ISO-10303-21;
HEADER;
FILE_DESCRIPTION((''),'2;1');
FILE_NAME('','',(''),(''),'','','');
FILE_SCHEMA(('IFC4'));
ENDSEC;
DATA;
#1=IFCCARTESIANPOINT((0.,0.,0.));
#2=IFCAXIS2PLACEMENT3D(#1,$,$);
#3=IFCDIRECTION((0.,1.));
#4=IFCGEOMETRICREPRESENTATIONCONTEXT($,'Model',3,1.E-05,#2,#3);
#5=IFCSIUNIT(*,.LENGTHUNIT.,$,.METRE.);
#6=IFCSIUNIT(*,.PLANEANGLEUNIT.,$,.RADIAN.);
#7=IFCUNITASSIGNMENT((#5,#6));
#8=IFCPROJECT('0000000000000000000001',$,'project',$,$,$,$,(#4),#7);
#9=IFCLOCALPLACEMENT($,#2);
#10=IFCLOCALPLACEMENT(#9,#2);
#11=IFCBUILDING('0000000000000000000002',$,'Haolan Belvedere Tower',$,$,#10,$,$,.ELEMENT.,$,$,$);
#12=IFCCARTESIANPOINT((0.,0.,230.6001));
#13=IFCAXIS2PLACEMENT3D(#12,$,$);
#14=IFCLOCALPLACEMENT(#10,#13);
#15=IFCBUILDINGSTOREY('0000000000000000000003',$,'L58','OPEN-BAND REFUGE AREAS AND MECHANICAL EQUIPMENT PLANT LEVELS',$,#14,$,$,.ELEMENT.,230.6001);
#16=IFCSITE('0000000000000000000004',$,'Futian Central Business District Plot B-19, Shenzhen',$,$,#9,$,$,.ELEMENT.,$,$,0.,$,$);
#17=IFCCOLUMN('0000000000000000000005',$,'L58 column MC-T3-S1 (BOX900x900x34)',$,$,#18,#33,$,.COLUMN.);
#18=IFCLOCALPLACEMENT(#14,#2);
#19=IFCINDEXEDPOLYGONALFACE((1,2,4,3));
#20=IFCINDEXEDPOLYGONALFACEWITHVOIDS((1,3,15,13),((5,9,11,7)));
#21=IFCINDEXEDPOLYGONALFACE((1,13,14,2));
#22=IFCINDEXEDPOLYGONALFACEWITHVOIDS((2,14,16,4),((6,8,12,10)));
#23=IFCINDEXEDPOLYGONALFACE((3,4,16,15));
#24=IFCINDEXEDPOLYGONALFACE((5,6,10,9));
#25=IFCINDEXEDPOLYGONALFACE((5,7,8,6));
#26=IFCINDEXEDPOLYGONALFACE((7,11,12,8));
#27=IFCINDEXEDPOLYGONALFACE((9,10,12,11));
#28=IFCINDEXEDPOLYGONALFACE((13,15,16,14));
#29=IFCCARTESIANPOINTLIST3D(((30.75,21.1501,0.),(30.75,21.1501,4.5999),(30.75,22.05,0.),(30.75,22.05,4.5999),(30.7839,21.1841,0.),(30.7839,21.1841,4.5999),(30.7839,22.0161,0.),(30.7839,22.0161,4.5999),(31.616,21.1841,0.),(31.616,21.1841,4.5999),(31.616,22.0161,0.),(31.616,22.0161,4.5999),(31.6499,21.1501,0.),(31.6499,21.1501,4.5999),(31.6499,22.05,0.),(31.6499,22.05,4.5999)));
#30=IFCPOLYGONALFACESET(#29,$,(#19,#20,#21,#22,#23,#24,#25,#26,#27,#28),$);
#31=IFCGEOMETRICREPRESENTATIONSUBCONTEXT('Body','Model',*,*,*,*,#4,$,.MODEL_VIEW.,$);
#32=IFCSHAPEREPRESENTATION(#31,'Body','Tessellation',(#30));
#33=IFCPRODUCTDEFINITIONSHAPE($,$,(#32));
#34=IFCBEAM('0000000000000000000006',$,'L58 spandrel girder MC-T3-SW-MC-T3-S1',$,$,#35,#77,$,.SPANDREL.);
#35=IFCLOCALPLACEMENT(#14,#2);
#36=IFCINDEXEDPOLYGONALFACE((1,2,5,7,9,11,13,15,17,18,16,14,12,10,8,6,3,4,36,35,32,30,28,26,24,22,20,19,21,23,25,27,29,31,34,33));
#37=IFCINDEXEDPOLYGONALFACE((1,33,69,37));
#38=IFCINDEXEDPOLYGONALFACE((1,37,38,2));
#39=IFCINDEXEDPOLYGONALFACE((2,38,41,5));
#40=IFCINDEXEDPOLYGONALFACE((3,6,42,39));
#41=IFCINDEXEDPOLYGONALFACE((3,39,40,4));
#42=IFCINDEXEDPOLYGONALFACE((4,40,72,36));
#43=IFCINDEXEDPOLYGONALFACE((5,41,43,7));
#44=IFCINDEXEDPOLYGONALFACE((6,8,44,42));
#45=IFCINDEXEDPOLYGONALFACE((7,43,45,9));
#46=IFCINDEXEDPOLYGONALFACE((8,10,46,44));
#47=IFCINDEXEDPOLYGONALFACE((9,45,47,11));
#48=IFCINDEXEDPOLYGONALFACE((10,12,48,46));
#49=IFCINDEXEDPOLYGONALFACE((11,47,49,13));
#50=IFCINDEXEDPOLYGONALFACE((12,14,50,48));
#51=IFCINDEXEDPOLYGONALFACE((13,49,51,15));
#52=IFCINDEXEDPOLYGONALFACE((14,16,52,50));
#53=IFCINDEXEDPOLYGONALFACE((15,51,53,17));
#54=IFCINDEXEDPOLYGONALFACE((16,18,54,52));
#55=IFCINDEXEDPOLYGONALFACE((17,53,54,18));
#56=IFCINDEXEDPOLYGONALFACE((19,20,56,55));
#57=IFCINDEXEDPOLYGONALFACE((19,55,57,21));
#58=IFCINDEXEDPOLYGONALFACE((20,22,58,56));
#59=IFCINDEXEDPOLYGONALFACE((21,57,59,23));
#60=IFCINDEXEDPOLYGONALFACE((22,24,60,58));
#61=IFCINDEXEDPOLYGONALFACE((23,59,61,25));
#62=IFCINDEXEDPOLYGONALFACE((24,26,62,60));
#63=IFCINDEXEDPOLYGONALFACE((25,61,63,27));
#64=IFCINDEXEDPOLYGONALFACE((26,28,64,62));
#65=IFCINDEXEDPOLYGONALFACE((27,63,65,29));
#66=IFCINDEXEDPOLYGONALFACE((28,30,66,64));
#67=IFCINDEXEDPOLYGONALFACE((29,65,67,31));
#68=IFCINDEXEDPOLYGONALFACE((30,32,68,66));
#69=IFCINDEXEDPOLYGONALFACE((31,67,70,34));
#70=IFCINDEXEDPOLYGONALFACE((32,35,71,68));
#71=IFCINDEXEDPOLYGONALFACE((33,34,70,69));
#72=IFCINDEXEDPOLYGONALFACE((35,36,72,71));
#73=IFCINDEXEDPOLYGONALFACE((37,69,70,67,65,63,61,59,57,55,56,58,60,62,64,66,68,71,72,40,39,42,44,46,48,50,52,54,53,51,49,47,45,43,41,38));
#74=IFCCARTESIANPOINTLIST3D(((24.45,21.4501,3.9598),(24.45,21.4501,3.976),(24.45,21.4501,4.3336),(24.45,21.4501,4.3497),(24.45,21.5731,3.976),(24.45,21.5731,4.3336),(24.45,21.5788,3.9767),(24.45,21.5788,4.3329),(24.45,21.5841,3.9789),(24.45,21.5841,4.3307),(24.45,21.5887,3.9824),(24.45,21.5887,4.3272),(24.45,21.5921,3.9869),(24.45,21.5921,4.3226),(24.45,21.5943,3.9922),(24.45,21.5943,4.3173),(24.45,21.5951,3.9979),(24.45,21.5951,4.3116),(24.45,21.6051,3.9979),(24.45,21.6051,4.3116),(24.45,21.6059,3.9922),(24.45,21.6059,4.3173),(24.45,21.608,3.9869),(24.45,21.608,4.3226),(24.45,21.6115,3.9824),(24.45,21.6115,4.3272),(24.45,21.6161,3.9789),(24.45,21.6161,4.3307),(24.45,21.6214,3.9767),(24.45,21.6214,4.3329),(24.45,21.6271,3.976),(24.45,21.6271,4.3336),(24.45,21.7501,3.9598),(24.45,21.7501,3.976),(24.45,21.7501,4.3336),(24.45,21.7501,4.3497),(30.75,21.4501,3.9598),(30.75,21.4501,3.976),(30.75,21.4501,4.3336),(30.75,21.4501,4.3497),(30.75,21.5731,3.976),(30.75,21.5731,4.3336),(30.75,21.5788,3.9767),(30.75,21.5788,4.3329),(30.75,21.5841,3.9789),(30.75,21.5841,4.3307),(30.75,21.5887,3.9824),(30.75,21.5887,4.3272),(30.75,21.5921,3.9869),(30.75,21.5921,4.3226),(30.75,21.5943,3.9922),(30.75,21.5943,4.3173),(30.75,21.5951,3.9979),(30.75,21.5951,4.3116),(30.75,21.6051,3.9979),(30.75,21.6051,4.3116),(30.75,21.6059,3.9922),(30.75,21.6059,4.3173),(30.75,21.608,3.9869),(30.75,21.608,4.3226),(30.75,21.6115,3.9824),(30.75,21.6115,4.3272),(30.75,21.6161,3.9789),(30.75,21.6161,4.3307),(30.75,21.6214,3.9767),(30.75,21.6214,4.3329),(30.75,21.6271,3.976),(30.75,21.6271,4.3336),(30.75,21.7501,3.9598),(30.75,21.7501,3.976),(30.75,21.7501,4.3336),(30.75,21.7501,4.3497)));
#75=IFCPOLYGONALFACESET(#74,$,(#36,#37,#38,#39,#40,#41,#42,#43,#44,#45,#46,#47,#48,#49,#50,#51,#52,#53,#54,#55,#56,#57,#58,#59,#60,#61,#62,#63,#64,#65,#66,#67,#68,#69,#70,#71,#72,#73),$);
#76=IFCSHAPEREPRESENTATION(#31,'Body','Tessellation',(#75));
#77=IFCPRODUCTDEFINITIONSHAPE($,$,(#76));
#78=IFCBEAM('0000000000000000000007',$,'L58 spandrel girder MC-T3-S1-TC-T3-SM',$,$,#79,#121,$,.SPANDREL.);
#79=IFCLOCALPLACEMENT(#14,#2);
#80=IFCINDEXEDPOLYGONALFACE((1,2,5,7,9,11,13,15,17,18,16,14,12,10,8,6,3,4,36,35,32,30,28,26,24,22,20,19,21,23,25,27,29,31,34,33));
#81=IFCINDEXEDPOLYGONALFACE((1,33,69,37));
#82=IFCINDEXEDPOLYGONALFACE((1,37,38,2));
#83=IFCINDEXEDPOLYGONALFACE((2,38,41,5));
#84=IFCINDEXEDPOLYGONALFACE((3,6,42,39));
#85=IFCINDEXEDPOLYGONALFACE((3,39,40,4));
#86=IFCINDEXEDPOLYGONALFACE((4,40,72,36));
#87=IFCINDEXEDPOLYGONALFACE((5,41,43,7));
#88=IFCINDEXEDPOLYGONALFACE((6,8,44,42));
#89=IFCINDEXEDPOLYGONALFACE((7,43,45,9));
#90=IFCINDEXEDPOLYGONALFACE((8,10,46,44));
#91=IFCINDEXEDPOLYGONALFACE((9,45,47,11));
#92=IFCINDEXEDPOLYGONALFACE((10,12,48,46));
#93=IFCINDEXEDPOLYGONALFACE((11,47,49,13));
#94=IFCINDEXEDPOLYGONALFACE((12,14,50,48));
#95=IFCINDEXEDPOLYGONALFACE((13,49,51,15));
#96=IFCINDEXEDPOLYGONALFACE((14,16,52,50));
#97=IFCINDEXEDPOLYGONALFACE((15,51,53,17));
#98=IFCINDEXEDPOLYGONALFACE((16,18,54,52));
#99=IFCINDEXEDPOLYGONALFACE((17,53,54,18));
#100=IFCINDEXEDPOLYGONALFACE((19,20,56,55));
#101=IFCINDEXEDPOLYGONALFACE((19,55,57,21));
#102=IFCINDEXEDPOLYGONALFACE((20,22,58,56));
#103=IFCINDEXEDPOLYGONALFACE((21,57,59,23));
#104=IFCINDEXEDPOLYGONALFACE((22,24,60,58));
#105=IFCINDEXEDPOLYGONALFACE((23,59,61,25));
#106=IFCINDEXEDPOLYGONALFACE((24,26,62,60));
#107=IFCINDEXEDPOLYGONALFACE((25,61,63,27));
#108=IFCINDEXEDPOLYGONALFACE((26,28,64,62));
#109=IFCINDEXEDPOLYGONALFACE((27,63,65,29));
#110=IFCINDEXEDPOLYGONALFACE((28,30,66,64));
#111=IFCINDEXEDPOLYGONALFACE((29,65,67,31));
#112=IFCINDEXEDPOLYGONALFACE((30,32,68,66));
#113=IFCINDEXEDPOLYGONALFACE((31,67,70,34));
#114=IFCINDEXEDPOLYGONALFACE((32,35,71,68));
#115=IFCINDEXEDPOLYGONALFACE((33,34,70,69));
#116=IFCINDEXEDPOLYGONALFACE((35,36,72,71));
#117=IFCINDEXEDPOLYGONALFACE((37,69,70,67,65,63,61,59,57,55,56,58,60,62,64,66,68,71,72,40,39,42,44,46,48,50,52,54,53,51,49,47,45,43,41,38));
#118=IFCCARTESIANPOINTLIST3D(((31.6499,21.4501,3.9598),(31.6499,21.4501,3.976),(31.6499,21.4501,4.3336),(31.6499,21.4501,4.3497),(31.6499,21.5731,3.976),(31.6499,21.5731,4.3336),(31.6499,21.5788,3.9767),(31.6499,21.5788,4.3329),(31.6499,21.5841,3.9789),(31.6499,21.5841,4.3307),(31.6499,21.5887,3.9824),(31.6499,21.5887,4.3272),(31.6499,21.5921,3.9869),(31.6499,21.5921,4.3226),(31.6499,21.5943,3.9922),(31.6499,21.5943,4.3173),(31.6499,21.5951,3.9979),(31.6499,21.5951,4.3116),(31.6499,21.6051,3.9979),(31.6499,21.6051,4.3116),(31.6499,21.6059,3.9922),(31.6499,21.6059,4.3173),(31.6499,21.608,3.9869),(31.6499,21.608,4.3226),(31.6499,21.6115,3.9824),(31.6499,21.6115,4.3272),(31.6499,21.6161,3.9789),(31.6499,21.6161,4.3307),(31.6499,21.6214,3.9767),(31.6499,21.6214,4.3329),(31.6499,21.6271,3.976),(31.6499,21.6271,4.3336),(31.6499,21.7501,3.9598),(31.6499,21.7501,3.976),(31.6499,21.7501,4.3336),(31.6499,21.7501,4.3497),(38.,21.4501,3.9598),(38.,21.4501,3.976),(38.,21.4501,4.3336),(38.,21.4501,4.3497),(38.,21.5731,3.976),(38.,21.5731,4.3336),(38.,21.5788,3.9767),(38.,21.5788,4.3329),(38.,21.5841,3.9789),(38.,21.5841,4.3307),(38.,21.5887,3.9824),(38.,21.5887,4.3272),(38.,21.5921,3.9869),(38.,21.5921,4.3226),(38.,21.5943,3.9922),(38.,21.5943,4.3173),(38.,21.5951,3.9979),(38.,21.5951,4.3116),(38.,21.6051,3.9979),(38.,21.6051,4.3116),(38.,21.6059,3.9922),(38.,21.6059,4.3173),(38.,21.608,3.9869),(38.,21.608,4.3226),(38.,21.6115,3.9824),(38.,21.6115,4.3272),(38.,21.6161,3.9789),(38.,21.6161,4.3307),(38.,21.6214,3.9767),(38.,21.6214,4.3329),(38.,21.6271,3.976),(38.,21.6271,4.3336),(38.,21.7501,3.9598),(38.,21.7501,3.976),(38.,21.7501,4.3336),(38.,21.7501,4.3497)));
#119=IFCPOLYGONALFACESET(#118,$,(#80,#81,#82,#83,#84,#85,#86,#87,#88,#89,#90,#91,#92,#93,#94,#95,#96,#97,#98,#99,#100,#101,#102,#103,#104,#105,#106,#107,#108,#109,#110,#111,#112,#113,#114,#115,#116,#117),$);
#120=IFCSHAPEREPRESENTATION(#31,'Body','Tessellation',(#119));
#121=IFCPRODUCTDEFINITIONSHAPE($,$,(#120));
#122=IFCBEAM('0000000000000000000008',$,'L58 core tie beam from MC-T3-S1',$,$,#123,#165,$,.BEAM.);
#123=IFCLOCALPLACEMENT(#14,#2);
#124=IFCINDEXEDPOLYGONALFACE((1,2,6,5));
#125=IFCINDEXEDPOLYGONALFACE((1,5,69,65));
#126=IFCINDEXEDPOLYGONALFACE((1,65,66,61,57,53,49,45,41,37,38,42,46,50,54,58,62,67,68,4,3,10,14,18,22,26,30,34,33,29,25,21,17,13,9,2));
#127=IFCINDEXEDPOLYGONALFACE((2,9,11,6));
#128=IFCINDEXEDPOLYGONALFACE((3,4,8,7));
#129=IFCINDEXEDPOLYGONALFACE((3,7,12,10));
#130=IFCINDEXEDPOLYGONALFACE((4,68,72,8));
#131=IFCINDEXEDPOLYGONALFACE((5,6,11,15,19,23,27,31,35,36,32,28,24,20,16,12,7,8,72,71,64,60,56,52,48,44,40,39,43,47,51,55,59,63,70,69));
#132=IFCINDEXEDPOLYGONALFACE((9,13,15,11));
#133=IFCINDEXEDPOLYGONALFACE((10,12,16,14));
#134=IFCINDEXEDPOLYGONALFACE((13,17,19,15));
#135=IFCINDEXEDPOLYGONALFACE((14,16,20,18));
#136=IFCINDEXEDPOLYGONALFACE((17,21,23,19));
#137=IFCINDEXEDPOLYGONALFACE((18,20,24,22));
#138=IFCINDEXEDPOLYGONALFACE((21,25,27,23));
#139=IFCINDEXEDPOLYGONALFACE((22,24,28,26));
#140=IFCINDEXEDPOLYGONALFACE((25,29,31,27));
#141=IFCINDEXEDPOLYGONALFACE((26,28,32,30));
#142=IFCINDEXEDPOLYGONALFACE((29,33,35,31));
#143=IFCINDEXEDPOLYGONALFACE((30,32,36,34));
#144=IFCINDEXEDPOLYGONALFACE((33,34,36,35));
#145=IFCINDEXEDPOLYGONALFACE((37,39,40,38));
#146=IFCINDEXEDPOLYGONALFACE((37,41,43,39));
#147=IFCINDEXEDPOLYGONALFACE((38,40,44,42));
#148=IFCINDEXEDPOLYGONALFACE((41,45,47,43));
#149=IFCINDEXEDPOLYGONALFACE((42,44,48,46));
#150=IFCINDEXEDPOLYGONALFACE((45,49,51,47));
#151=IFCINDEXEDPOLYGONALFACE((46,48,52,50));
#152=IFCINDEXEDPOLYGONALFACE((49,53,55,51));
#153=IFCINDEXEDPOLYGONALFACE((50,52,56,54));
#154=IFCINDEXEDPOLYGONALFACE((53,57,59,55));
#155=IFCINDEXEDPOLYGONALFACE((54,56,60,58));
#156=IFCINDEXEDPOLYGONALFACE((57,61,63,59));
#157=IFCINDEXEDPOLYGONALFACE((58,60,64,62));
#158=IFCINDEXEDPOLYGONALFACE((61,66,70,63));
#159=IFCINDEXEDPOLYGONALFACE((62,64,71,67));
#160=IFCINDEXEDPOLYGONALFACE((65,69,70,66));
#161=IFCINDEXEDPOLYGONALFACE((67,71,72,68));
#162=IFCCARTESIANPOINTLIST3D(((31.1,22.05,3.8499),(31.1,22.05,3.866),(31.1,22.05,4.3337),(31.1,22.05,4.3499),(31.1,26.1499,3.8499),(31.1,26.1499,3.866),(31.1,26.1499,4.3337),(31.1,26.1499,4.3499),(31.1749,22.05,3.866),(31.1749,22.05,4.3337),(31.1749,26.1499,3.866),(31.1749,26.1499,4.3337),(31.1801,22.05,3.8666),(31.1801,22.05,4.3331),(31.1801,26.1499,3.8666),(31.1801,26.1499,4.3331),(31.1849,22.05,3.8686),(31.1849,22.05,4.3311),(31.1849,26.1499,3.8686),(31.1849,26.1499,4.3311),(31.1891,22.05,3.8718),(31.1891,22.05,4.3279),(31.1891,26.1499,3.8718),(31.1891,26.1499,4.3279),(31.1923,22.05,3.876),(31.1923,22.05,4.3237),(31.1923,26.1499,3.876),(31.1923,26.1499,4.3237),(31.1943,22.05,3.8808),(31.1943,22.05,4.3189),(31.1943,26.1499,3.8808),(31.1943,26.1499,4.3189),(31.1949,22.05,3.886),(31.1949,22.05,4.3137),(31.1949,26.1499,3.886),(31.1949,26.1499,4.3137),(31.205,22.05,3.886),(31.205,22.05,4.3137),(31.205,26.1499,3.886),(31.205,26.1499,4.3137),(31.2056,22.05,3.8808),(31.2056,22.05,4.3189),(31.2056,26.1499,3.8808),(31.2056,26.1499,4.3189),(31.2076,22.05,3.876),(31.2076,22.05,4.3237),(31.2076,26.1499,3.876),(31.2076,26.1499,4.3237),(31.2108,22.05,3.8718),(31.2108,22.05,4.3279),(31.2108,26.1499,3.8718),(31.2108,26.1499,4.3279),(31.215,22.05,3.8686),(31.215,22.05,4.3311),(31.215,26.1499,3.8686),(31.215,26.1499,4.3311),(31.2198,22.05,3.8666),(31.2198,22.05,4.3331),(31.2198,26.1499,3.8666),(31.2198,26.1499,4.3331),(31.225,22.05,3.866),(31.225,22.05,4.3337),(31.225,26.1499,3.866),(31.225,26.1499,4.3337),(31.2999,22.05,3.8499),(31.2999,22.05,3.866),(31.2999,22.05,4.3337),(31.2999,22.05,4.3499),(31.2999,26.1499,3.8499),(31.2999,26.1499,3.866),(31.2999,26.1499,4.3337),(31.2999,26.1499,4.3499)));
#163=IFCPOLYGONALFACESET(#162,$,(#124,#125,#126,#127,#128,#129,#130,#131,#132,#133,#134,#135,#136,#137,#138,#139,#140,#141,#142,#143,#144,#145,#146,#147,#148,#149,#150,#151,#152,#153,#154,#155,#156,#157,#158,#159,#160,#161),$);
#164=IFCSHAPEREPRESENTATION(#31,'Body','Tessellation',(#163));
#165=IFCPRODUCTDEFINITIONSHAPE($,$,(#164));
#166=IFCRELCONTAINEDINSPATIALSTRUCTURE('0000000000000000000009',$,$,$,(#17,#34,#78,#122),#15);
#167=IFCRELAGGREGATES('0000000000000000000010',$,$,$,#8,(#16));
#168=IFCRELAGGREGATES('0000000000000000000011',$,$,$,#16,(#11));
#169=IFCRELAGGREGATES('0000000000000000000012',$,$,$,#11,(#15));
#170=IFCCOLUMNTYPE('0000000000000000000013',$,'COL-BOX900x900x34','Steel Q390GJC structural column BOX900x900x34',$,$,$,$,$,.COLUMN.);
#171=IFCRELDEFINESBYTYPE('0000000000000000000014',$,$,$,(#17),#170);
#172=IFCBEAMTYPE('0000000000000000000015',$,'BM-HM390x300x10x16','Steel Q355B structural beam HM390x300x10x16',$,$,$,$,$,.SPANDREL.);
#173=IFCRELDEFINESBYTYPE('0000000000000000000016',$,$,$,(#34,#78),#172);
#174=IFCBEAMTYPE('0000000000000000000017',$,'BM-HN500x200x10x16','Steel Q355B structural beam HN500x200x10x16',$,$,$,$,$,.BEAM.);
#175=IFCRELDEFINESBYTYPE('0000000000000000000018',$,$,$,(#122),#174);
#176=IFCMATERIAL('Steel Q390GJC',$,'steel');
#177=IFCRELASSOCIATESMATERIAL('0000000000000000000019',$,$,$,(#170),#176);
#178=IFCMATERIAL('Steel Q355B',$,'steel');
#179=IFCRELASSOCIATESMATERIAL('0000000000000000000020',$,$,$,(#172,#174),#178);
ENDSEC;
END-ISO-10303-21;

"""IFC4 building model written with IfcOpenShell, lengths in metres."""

from ifc_helpers import new_model, si_unit, direction, frame, origin, origin_2d, place, context, subcontext, project, spatial, hollow_rectangle, i_section, extrude, material, material_profile, profile_set, type_object, element, save


model = new_model("IFC4")

# Units and contexts
model_context = context("Model", 3, precision=1e-05, world=origin(), true_north=direction((0.0, 1.0)))
body_context = subcontext(model_context, "Body", "Model", "MODEL_VIEW")
ifc_project = project(units=[si_unit("LENGTHUNIT", "METRE"), si_unit("PLANEANGLEUNIT", "RADIAN")], contexts=[model_context])

# Site, building, storey
site_placement = place(None, origin())
site = spatial("IfcSite", under=ifc_project, at=site_placement, Name="Futian Central Business District Plot B-19, Shenzhen", CompositionType="ELEMENT", RefElevation=0.0)
building_placement = place(site_placement, origin())
building = spatial("IfcBuilding", under=site, at=building_placement, Name="Haolan Belvedere Tower", CompositionType="ELEMENT")
storey_placement = place(building_placement, frame((0.0, 0.0, 230.6001)))
storey = spatial("IfcBuildingStorey", under=building, at=storey_placement, Name="L58", Description="OPEN-BAND REFUGE AREAS AND MECHANICAL EQUIPMENT PLANT LEVELS", CompositionType="ELEMENT", Elevation=230.6001)

# Column
ifc_material_1 = material(Name="Steel Q390GJC", Category="steel")
ifc_material_profile_1 = material_profile(ifc_material_1, hollow_rectangle(XDim=0.8999, YDim=0.8999, WallThickness=0.0339, at=origin_2d()), Name="Steel Q390GJC")
ifc_profile_set_1 = profile_set([ifc_material_profile_1], Name="Steel Q390GJC")
column_type = type_object("IfcColumnType", Name="COL-BOX900x900x34", Description="Steel Q390GJC structural column BOX900x900x34", PredefinedType="COLUMN", material=ifc_profile_set_1)
column_placement = place(storey_placement, frame((31.2, 21.6001, 0.0), z_axis=(0.0, 0.0, 1.0), x_axis=(1.0, 0.0, 0.0)))
element("IfcColumn", 1, at=column_placement, inside=storey, type_object=column_type, Name="L58 column MC-T3-S1 (BOX900x900x34)", PredefinedType="COLUMN", context=body_context, shape_type="SweptSolid", body=[
    extrude(hollow_rectangle(XDim=0.8999, YDim=0.8999, WallThickness=0.0339, at=origin_2d()), origin(), (0.0, 0.0, 1.0), 4.5999),
])

# Beams
ifc_material_2 = material(Name="Steel Q355B", Category="steel")
ifc_material_profile_2 = material_profile(ifc_material_2, i_section(OverallWidth=0.3, OverallDepth=0.3899, WebThickness=0.01, FlangeThickness=0.0161, FilletRadius=0.022, at=origin_2d()), Name="Steel Q355B")
ifc_profile_set_2 = profile_set([ifc_material_profile_2], Name="Steel Q355B")
beam_type_1 = type_object("IfcBeamType", Name="BM-HM390x300x10x16", Description="Steel Q355B structural beam HM390x300x10x16", PredefinedType="SPANDREL", material=ifc_profile_set_2)
beam_1_placement = place(storey_placement, frame((24.45, 21.6001, 4.1548), z_axis=(1.0, 0.0, 0.0), x_axis=(0.0, 1.0, 0.0)))
element("IfcBeam", 2, at=beam_1_placement, inside=storey, type_object=beam_type_1, Name="L58 spandrel girder MC-T3-SW-MC-T3-S1", PredefinedType="SPANDREL", context=body_context, shape_type="SweptSolid", body=[
    extrude(i_section(OverallWidth=0.3, OverallDepth=0.3899, WebThickness=0.01, FlangeThickness=0.0161, FilletRadius=0.022, at=origin_2d()), origin(), (0.0, 0.0, 1.0), 6.3),
])
beam_2_placement = place(storey_placement, frame((31.6499, 21.6001, 4.1548), z_axis=(1.0, 0.0, 0.0), x_axis=(0.0, 1.0, 0.0)))
element("IfcBeam", 3, at=beam_2_placement, inside=storey, type_object=beam_type_1, Name="L58 spandrel girder MC-T3-S1-TC-T3-SM", PredefinedType="SPANDREL", context=body_context, shape_type="SweptSolid", body=[
    extrude(i_section(OverallWidth=0.3, OverallDepth=0.3899, WebThickness=0.01, FlangeThickness=0.0161, FilletRadius=0.022, at=origin_2d()), origin(), (0.0, 0.0, 1.0), 6.3501),
])
ifc_material_profile_3 = material_profile(ifc_material_2, i_section(OverallWidth=0.2, OverallDepth=0.5, WebThickness=0.01, FlangeThickness=0.0161, FilletRadius=0.02, at=origin_2d()), Name="Steel Q355B")
ifc_profile_set_3 = profile_set([ifc_material_profile_3], Name="Steel Q355B")
beam_type_2 = type_object("IfcBeamType", Name="BM-HN500x200x10x16", Description="Steel Q355B structural beam HN500x200x10x16", PredefinedType="BEAM", material=ifc_profile_set_3)
beam_3_placement = place(storey_placement, frame((31.2, 22.05, 4.0999), z_axis=(0.0, 1.0, 0.0), x_axis=(-1.0, 0.0, 0.0)))
element("IfcBeam", 4, at=beam_3_placement, inside=storey, type_object=beam_type_2, Name="L58 core tie beam from MC-T3-S1", PredefinedType="BEAM", context=body_context, shape_type="SweptSolid", body=[
    extrude(i_section(OverallWidth=0.2, OverallDepth=0.5, WebThickness=0.01, FlangeThickness=0.0161, FilletRadius=0.02, at=origin_2d()), origin(), (0.0, 0.0, 1.0), 4.0999),
])

save(model, "model.ifc")
